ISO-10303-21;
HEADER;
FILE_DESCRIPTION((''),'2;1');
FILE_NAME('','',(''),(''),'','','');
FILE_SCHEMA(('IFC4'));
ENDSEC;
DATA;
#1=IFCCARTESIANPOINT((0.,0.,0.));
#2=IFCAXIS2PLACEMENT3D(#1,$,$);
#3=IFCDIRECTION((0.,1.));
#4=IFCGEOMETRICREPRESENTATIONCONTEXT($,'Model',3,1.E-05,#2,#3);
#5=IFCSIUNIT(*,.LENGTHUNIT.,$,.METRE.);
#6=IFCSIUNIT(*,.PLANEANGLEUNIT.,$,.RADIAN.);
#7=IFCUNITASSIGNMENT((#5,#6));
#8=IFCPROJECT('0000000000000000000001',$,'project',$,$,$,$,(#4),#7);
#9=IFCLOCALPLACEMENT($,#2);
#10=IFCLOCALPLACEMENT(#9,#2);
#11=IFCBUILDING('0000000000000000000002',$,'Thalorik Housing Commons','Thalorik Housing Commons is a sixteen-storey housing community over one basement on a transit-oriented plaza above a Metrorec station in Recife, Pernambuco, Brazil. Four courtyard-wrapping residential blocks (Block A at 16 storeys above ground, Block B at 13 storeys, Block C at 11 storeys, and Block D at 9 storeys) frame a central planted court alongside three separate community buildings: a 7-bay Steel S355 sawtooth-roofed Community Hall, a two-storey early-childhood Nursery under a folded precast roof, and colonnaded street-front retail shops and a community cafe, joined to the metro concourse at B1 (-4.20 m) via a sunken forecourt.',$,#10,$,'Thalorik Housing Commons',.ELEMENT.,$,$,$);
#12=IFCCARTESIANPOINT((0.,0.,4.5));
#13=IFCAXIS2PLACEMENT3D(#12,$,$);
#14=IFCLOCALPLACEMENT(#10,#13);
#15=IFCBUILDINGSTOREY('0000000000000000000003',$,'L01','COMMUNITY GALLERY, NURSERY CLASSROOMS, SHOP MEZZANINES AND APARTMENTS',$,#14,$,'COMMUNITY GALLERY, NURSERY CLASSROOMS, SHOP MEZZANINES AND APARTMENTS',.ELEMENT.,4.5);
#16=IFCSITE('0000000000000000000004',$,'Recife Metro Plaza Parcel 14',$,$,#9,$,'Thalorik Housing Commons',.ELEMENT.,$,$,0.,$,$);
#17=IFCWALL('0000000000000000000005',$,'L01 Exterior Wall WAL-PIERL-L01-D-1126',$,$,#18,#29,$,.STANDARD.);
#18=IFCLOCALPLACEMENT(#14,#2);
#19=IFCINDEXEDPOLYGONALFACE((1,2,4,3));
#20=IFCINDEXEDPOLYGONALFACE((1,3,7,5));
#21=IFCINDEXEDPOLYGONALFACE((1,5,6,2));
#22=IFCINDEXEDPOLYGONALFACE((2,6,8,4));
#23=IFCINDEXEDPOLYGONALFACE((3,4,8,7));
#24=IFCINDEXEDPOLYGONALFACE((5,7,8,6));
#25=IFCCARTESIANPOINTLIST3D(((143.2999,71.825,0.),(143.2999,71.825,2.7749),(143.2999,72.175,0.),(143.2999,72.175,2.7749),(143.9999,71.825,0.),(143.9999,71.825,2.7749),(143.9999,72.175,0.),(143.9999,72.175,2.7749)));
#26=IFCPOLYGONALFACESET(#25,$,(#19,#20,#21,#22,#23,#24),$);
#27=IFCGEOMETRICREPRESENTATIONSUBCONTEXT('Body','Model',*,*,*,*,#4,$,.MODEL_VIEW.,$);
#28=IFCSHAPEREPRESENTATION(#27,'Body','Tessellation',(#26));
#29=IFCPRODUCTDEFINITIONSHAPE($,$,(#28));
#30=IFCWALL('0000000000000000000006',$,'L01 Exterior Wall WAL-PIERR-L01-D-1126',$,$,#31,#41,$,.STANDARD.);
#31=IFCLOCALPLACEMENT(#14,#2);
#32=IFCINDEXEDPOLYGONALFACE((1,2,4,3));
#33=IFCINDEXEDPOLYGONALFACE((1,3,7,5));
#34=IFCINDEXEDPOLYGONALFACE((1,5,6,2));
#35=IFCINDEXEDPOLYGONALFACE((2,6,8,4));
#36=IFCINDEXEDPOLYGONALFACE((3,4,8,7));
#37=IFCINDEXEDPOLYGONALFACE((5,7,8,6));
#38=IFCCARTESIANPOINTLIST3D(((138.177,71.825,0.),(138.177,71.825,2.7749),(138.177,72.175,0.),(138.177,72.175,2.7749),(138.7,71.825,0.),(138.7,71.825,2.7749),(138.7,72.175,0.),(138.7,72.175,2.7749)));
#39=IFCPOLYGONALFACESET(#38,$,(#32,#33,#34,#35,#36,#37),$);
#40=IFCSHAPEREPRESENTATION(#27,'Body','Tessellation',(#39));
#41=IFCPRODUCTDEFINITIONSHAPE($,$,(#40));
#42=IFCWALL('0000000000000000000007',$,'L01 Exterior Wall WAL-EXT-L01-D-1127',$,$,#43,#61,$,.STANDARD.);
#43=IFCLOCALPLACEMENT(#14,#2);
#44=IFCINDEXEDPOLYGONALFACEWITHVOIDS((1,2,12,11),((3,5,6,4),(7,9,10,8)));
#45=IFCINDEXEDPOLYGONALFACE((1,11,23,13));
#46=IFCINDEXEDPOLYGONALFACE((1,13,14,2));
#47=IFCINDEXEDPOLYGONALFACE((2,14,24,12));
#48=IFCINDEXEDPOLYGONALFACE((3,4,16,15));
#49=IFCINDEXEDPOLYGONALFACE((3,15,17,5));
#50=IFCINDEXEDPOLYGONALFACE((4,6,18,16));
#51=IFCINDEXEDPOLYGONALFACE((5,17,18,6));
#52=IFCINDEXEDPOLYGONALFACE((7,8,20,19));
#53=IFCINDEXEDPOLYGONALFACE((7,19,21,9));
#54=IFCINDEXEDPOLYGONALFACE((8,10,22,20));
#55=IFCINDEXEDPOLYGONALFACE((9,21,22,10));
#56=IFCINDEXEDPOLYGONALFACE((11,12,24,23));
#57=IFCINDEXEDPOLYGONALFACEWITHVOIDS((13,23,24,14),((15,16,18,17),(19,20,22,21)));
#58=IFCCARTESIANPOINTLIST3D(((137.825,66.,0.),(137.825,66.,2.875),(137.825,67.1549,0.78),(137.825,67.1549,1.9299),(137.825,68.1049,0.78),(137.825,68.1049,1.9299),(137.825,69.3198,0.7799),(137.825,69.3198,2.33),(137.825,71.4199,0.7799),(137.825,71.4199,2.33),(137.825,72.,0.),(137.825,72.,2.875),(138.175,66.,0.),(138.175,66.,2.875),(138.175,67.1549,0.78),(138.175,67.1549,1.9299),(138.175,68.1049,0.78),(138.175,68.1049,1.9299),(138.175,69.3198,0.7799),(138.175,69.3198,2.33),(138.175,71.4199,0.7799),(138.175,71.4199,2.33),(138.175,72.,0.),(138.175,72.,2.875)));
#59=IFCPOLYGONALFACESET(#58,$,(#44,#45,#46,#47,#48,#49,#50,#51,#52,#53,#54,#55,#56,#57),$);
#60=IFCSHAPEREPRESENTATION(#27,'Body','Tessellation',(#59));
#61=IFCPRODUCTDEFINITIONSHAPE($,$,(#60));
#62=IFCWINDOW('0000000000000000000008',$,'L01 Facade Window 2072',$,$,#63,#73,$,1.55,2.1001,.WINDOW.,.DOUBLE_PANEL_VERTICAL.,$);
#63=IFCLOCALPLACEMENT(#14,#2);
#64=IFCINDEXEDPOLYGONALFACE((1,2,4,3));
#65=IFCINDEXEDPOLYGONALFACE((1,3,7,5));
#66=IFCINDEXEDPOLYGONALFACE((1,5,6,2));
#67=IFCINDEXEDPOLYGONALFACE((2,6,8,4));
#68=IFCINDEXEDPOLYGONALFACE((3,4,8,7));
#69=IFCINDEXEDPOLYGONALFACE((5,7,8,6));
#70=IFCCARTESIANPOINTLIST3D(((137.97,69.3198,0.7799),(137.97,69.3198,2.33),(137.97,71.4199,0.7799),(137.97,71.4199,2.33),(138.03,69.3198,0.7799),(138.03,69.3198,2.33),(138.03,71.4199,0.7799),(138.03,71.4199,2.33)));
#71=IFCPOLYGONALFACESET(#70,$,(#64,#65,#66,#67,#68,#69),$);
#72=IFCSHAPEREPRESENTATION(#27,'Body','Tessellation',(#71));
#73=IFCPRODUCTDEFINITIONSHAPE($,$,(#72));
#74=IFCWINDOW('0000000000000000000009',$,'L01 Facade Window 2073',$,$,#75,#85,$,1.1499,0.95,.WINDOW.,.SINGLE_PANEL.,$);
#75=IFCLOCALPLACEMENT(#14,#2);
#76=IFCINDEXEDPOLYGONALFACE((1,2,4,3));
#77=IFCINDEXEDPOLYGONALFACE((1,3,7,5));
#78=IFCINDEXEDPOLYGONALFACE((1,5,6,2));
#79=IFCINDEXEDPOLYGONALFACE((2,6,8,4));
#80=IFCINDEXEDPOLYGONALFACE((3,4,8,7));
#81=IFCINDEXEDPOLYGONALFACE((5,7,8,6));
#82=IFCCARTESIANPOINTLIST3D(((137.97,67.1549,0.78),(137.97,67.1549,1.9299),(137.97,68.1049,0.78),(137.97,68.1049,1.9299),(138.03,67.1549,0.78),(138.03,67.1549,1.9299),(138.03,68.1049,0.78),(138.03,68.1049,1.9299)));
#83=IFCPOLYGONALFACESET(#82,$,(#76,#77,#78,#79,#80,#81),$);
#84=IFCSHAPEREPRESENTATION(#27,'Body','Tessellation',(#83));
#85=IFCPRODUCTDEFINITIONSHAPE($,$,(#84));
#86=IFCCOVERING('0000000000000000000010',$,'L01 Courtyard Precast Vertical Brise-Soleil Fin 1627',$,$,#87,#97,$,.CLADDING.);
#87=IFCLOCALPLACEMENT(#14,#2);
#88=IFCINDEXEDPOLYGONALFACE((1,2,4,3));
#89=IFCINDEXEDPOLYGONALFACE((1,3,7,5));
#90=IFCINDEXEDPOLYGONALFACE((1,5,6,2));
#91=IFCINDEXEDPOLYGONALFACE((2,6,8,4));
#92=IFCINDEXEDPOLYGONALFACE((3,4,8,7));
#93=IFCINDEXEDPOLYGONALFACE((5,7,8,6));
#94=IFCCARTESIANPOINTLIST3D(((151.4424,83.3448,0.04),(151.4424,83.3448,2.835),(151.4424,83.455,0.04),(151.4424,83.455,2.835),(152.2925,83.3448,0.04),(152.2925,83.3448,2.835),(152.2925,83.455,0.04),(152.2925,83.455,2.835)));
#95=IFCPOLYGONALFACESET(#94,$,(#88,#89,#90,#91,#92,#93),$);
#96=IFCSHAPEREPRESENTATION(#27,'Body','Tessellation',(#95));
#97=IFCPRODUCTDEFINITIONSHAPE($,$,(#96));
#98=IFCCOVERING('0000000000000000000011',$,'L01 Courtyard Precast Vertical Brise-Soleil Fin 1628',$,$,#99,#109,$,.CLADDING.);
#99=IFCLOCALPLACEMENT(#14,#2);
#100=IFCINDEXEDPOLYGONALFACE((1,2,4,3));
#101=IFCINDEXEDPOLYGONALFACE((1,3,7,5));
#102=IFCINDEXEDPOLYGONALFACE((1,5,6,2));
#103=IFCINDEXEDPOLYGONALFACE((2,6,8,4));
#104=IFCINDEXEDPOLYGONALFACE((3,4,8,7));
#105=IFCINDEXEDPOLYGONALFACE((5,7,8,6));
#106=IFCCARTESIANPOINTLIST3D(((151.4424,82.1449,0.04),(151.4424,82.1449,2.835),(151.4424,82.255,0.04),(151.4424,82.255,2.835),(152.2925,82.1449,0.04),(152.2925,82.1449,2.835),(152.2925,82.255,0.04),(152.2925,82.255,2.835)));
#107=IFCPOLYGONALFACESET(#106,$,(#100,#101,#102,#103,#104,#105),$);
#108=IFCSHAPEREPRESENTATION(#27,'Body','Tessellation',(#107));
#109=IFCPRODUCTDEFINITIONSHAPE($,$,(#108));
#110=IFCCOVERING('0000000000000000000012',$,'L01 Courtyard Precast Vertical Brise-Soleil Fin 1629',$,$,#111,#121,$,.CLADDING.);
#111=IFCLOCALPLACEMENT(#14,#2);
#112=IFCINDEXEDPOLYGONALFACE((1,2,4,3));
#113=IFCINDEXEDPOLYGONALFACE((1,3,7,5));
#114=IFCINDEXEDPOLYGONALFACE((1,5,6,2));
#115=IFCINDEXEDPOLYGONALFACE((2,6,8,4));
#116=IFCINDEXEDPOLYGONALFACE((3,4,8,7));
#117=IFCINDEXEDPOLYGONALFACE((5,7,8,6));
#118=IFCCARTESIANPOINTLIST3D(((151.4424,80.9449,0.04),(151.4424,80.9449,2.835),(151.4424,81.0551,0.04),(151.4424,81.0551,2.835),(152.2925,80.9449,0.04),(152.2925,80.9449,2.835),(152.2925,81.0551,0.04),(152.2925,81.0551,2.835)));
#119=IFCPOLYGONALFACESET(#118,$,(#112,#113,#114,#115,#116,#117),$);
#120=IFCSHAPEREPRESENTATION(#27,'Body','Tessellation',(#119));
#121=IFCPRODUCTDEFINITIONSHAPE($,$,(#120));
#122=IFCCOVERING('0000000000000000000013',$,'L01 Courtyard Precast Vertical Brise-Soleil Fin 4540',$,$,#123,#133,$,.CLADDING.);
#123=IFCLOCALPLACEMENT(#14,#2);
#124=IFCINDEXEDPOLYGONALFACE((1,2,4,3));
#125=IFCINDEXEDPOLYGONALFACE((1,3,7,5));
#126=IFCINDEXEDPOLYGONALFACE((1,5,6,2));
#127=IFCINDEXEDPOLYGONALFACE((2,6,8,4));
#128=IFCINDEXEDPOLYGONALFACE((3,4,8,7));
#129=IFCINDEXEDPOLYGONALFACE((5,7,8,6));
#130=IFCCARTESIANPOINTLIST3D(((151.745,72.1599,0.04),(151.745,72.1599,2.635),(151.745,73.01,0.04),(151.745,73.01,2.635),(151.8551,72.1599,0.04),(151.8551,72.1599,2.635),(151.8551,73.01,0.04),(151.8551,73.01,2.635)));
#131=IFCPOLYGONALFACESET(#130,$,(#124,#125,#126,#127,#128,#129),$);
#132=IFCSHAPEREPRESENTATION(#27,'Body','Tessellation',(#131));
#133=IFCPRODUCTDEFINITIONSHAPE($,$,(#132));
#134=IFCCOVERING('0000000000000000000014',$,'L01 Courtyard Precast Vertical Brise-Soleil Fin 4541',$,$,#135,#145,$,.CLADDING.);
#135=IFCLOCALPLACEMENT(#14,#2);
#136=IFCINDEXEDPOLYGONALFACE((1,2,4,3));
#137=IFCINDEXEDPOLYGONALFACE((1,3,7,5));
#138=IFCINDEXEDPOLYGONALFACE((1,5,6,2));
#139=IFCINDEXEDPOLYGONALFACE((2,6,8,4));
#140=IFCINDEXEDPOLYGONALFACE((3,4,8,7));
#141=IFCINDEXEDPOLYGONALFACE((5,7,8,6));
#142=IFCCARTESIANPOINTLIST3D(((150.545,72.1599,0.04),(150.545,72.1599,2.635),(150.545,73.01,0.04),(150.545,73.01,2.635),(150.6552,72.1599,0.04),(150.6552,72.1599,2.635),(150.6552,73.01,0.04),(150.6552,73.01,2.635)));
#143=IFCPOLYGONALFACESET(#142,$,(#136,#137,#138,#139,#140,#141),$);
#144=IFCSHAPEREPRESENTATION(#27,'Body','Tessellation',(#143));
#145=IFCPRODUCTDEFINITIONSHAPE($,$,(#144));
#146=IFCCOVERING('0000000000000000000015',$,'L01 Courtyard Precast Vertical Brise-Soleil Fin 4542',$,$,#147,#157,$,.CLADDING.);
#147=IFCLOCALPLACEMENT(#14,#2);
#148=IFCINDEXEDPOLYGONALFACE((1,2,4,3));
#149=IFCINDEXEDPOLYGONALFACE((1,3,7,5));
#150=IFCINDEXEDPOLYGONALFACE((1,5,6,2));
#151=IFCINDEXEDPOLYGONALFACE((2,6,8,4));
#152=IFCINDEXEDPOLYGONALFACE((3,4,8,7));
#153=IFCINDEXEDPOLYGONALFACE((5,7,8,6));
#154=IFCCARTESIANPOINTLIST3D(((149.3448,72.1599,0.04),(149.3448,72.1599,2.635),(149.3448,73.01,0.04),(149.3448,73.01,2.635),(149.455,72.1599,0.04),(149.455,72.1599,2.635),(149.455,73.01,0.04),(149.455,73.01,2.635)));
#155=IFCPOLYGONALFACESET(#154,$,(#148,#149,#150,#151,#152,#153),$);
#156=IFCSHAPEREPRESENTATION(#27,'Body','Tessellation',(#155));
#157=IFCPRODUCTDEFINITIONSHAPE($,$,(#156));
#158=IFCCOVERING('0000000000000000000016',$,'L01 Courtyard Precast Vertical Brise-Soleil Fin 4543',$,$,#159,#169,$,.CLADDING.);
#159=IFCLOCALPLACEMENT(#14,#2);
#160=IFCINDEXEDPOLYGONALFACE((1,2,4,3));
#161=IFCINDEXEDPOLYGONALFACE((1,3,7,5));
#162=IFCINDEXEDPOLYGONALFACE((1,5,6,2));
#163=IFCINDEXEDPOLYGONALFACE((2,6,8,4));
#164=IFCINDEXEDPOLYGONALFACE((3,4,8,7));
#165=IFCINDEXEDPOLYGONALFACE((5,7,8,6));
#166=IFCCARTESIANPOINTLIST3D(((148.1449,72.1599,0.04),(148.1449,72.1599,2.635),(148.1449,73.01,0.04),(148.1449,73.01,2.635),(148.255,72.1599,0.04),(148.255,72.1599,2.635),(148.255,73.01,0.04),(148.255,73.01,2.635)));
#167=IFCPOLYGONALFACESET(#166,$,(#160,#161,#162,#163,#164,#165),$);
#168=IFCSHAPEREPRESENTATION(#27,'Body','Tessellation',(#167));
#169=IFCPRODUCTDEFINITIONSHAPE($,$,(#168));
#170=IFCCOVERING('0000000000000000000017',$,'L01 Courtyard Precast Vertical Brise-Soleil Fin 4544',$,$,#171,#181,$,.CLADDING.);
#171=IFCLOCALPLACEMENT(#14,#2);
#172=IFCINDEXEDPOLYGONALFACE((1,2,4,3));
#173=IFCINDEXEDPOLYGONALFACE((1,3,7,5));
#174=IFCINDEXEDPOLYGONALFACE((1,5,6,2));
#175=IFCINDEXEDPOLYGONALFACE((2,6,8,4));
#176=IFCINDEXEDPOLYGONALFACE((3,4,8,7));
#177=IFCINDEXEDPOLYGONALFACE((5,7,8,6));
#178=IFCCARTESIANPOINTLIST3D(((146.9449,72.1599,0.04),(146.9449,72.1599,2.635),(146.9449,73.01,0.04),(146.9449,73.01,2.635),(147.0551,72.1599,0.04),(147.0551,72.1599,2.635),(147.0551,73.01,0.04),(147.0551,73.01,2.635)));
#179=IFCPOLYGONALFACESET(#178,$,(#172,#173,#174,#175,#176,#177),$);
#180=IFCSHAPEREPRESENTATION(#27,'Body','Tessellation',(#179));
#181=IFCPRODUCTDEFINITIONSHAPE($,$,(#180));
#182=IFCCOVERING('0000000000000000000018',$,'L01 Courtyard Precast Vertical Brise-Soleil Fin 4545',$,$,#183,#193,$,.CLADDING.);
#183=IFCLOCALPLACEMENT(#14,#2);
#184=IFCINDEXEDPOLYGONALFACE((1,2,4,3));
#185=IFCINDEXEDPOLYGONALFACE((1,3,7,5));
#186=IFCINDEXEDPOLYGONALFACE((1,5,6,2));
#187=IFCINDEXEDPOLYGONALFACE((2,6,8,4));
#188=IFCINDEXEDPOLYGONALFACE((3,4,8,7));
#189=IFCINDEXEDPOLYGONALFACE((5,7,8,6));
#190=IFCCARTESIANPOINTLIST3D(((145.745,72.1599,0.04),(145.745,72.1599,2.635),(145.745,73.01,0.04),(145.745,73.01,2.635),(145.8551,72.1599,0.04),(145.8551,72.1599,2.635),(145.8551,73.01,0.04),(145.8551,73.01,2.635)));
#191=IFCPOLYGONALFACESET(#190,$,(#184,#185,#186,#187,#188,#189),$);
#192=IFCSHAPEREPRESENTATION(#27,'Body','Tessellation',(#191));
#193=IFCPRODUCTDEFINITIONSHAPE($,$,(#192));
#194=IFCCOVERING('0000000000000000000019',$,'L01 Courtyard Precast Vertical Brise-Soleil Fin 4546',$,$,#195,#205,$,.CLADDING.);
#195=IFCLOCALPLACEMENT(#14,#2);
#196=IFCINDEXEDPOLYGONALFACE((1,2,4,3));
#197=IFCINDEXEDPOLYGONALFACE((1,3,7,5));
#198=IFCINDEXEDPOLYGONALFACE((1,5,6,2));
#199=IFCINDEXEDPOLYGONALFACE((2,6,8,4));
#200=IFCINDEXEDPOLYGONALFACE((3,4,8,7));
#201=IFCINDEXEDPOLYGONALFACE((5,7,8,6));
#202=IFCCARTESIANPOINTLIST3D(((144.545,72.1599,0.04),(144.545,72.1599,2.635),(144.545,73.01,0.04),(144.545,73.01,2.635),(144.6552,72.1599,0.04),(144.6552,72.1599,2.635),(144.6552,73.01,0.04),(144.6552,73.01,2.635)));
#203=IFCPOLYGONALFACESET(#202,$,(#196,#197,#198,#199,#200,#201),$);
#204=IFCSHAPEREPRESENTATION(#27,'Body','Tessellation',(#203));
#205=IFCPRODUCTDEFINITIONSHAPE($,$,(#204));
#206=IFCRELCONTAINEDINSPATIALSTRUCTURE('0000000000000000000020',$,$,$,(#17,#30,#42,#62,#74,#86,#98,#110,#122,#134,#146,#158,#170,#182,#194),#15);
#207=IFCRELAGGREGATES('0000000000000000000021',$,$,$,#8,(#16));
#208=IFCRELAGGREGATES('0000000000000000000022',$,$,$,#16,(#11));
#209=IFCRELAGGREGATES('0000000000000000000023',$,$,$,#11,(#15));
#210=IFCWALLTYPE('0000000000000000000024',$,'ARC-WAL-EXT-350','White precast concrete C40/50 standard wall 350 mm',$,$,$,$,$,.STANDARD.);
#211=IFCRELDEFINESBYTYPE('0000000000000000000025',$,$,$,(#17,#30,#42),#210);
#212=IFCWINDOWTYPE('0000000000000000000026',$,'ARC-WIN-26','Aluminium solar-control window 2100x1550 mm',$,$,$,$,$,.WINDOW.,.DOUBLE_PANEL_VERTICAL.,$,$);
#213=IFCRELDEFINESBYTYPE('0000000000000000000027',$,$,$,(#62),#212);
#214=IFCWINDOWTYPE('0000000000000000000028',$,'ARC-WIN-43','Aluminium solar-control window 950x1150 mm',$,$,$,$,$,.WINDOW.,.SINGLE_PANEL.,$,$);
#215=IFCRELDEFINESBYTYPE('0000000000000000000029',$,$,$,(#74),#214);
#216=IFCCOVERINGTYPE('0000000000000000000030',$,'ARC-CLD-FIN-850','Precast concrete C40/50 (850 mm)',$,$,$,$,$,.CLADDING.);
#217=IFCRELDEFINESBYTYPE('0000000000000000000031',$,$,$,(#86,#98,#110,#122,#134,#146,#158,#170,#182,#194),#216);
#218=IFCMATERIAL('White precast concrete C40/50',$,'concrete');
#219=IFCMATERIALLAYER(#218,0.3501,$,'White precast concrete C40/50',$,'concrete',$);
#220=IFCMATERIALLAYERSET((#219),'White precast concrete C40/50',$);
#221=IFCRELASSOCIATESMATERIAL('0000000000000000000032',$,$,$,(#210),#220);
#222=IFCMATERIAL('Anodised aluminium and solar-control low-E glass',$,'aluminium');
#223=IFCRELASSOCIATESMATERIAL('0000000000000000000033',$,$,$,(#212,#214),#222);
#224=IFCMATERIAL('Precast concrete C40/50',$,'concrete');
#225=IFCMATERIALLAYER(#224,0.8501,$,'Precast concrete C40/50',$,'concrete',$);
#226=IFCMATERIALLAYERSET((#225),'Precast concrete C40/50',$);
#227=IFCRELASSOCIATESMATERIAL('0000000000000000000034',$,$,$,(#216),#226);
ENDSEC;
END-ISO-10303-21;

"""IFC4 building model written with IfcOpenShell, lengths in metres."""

from ifc_helpers import new_model, si_unit, direction, frame, frame_2d, origin, origin_2d, place, context, subcontext, project, spatial, rectangle, extrude, material, layer, layer_set, type_object, element, fill, save


model = new_model("IFC4")

# Units and contexts
model_context = context("Model", 3, precision=1e-05, world=origin(), true_north=direction((0.0, 1.0)))
body_context = subcontext(model_context, "Body", "Model", "MODEL_VIEW")
ifc_project = project(units=[si_unit("LENGTHUNIT", "METRE"), si_unit("PLANEANGLEUNIT", "RADIAN")], contexts=[model_context])

# Site, building, storey
site_placement = place(None, origin())
site = spatial("IfcSite", under=ifc_project, at=site_placement, Name="Recife Metro Plaza Parcel 14", LongName="Thalorik Housing Commons", CompositionType="ELEMENT", RefElevation=0.0)
building_placement = place(site_placement, origin())
building = spatial("IfcBuilding", under=site, at=building_placement, Name="Thalorik Housing Commons", Description="Thalorik Housing Commons is a sixteen-storey housing community over one basement on a transit-oriented plaza above a Metrorec station in Recife, Pernambuco, Brazil. Four courtyard-wrapping residential blocks (Block A at 16 storeys above ground, Block B at 13 storeys, Block C at 11 storeys, and Block D at 9 storeys) frame a central planted court alongside three separate community buildings: a 7-bay Steel S355 sawtooth-roofed Community Hall, a two-storey early-childhood Nursery under a folded precast roof, and colonnaded street-front retail shops and a community cafe, joined to the metro concourse at B1 (-4.20 m) via a sunken forecourt.", LongName="Thalorik Housing Commons", CompositionType="ELEMENT")
storey_placement = place(building_placement, frame((0.0, 0.0, 4.5)))
storey = spatial("IfcBuildingStorey", under=building, at=storey_placement, Name="L01", Description="COMMUNITY GALLERY, NURSERY CLASSROOMS, SHOP MEZZANINES AND APARTMENTS", LongName="COMMUNITY GALLERY, NURSERY CLASSROOMS, SHOP MEZZANINES AND APARTMENTS", CompositionType="ELEMENT", Elevation=4.5)

# Shared definitions
ifc_material_1 = material(Name="Precast concrete C40/50", Category="concrete")

# Shared definitions
ifc_material_2 = material(Name="Anodised aluminium and solar-control low-E glass", Category="aluminium")

# Walls
ifc_material_3 = material(Name="White precast concrete C40/50", Category="concrete")
ifc_layer_1 = layer(ifc_material_3, 0.3501, Name="White precast concrete C40/50", Category="concrete")
ifc_layer_set_1 = layer_set([ifc_layer_1], Name="White precast concrete C40/50")
wall_type = type_object("IfcWallType", Name="ARC-WAL-EXT-350", Description="White precast concrete C40/50 standard wall 350 mm", PredefinedType="STANDARD", material=ifc_layer_set_1)
wall_1_placement = place(storey_placement, frame((144.0, 72.0, 0.0), z_axis=(0.0, 0.0, 1.0), x_axis=(-1.0, 0.0, 0.0)))
element("IfcWall", 1, at=wall_1_placement, inside=storey, type_object=wall_type, Name="L01 Exterior Wall WAL-PIERL-L01-D-1126", PredefinedType="STANDARD", context=body_context, shape_type="SweptSolid", body=[
    extrude(rectangle(XDim=0.7, YDim=0.3501, at=frame_2d((0.3501, 0.0))), origin(), (0.0, 0.0, 1.0), 2.7749),
])
wall_2_placement = place(storey_placement, frame((138.7, 72.0, 0.0), z_axis=(0.0, 0.0, 1.0), x_axis=(-1.0, 0.0, 0.0)))
element("IfcWall", 2, at=wall_2_placement, inside=storey, type_object=wall_type, Name="L01 Exterior Wall WAL-PIERR-L01-D-1126", PredefinedType="STANDARD", context=body_context, shape_type="SweptSolid", body=[
    extrude(rectangle(XDim=0.5229, YDim=0.3501, at=frame_2d((0.2615, 0.0))), origin(), (0.0, 0.0, 1.0), 2.7749),
])

# Wall, openings, windows
wall_3_placement = place(storey_placement, frame((138.0, 72.0, 0.0), z_axis=(0.0, 0.0, 1.0), x_axis=(0.0, -1.0, 0.0)))
wall_3 = element("IfcWall", 3, at=wall_3_placement, inside=storey, type_object=wall_type, Name="L01 Exterior Wall WAL-EXT-L01-D-1127", PredefinedType="STANDARD", context=body_context, shape_type="SweptSolid", body=[
    extrude(rectangle(XDim=6.0, YDim=0.3501, at=frame_2d((3.0, 0.0))), origin(), (0.0, 0.0, 1.0), 2.875),
])
opening_1_placement = place(wall_3_placement, frame((0.5801, 0.0, 0.78)))
opening_1 = element("IfcOpeningElement", 4, at=opening_1_placement, cuts=wall_3, PredefinedType="OPENING", context=body_context, shape_type="SweptSolid", body=[
    extrude(rectangle(XDim=2.1001, YDim=1.55, at=frame_2d((1.05, 0.7749))), frame((0.0, 0.1851, 0.0), z_axis=(0.0, -1.0, 0.0), x_axis=(1.0, 0.0, 0.0)), (0.0, 0.0, 1.0), 0.3701),
])
opening_2_placement = place(wall_3_placement, frame((3.895, 0.0, 0.78)))
opening_2 = element("IfcOpeningElement", 5, at=opening_2_placement, cuts=wall_3, PredefinedType="OPENING", context=body_context, shape_type="SweptSolid", body=[
    extrude(rectangle(XDim=0.95, YDim=1.1499, at=frame_2d((0.4751, 0.575))), frame((0.0, 0.1851, 0.0), z_axis=(0.0, -1.0, 0.0), x_axis=(1.0, 0.0, 0.0)), (0.0, 0.0, 1.0), 0.3701),
])
window_type_1 = type_object("IfcWindowType", Name="ARC-WIN-26", Description="Aluminium solar-control window 2100x1550 mm", PartitioningType="DOUBLE_PANEL_VERTICAL", PredefinedType="WINDOW", material=ifc_material_2)
window_1_placement = place(opening_1_placement, origin())
window_1 = element("IfcWindow", 6, at=window_1_placement, inside=storey, type_object=window_type_1, Name="L01 Facade Window 2072", OverallHeight=1.55, OverallWidth=2.1001, PartitioningType="DOUBLE_PANEL_VERTICAL", PredefinedType="WINDOW", context=body_context, shape_type="SweptSolid", body=[
    extrude(rectangle(XDim=2.1001, YDim=1.55, at=frame_2d((1.05, 0.7749))), frame((0.0, 0.03, 0.0), z_axis=(0.0, -1.0, 0.0), x_axis=(1.0, 0.0, 0.0)), (0.0, 0.0, 1.0), 0.0601),
])
fill(opening_1, window_1)
window_type_2 = type_object("IfcWindowType", Name="ARC-WIN-43", Description="Aluminium solar-control window 950x1150 mm", PartitioningType="SINGLE_PANEL", PredefinedType="WINDOW", material=ifc_material_2)
window_2_placement = place(opening_2_placement, origin())
window_2 = element("IfcWindow", 7, at=window_2_placement, inside=storey, type_object=window_type_2, Name="L01 Facade Window 2073", OverallHeight=1.1499, OverallWidth=0.95, PartitioningType="SINGLE_PANEL", PredefinedType="WINDOW", context=body_context, shape_type="SweptSolid", body=[
    extrude(rectangle(XDim=0.95, YDim=1.1499, at=frame_2d((0.4751, 0.575))), frame((0.0, 0.03, 0.0), z_axis=(0.0, -1.0, 0.0), x_axis=(1.0, 0.0, 0.0)), (0.0, 0.0, 1.0), 0.0601),
])
fill(opening_2, window_2)

# Coverings
ifc_layer_2 = layer(ifc_material_1, 0.8501, Name="Precast concrete C40/50", Category="concrete")
ifc_layer_set_2 = layer_set([ifc_layer_2], Name="Precast concrete C40/50")
covering_type_1 = type_object("IfcCoveringType", Name="ARC-CLD-FIN-850", Description="Precast concrete C40/50 (850 mm)", PredefinedType="CLADDING", material=ifc_layer_set_2)
for number, where, z_axis, x_axis, name in (
    (8, (151.8674, 83.3999, 0.04), (0.0, 0.0, 1.0), (0.0, -1.0, 0.0), "L01 Courtyard Precast Vertical Brise-Soleil Fin 1627"),
    (9, (151.8674, 82.2, 0.04), (0.0, 0.0, 1.0), (0.0, -1.0, 0.0), "L01 Courtyard Precast Vertical Brise-Soleil Fin 1628"),
    (10, (151.8674, 81.0, 0.04), (0.0, 0.0, 1.0), (0.0, -1.0, 0.0), "L01 Courtyard Precast Vertical Brise-Soleil Fin 1629"),
):
    element("IfcCovering", number, at=place(storey_placement, frame(where, z_axis=z_axis, x_axis=x_axis)), inside=storey, type_object=covering_type_1, Name=name, PredefinedType="CLADDING", context=body_context, shape_type="SweptSolid", body=[
        extrude(rectangle(XDim=0.1101, YDim=0.8501, at=origin_2d()), origin(), (0.0, 0.0, 1.0), 2.7949),
    ])
for number, where, z_axis, x_axis, name in (
    (11, (151.8, 72.585, 0.04), (0.0, 0.0, 1.0), (-1.0, 0.0, 0.0), "L01 Courtyard Precast Vertical Brise-Soleil Fin 4540"),
    (12, (150.6001, 72.585, 0.04), (0.0, 0.0, 1.0), (-1.0, 0.0, 0.0), "L01 Courtyard Precast Vertical Brise-Soleil Fin 4541"),
    (13, (149.3999, 72.585, 0.04), (0.0, 0.0, 1.0), (-1.0, 0.0, 0.0), "L01 Courtyard Precast Vertical Brise-Soleil Fin 4542"),
    (14, (148.2, 72.585, 0.04), (0.0, 0.0, 1.0), (-1.0, 0.0, 0.0), "L01 Courtyard Precast Vertical Brise-Soleil Fin 4543"),
    (15, (147.0, 72.585, 0.04), (0.0, 0.0, 1.0), (-1.0, 0.0, 0.0), "L01 Courtyard Precast Vertical Brise-Soleil Fin 4544"),
    (16, (145.8, 72.585, 0.04), (0.0, 0.0, 1.0), (-1.0, 0.0, 0.0), "L01 Courtyard Precast Vertical Brise-Soleil Fin 4545"),
    (17, (144.6001, 72.585, 0.04), (0.0, 0.0, 1.0), (-1.0, 0.0, 0.0), "L01 Courtyard Precast Vertical Brise-Soleil Fin 4546"),
):
    element("IfcCovering", number, at=place(storey_placement, frame(where, z_axis=z_axis, x_axis=x_axis)), inside=storey, type_object=covering_type_1, Name=name, PredefinedType="CLADDING", context=body_context, shape_type="SweptSolid", body=[
        extrude(rectangle(XDim=0.1101, YDim=0.8501, at=origin_2d()), origin(), (0.0, 0.0, 1.0), 2.595),
    ])

save(model, "model.ifc")
